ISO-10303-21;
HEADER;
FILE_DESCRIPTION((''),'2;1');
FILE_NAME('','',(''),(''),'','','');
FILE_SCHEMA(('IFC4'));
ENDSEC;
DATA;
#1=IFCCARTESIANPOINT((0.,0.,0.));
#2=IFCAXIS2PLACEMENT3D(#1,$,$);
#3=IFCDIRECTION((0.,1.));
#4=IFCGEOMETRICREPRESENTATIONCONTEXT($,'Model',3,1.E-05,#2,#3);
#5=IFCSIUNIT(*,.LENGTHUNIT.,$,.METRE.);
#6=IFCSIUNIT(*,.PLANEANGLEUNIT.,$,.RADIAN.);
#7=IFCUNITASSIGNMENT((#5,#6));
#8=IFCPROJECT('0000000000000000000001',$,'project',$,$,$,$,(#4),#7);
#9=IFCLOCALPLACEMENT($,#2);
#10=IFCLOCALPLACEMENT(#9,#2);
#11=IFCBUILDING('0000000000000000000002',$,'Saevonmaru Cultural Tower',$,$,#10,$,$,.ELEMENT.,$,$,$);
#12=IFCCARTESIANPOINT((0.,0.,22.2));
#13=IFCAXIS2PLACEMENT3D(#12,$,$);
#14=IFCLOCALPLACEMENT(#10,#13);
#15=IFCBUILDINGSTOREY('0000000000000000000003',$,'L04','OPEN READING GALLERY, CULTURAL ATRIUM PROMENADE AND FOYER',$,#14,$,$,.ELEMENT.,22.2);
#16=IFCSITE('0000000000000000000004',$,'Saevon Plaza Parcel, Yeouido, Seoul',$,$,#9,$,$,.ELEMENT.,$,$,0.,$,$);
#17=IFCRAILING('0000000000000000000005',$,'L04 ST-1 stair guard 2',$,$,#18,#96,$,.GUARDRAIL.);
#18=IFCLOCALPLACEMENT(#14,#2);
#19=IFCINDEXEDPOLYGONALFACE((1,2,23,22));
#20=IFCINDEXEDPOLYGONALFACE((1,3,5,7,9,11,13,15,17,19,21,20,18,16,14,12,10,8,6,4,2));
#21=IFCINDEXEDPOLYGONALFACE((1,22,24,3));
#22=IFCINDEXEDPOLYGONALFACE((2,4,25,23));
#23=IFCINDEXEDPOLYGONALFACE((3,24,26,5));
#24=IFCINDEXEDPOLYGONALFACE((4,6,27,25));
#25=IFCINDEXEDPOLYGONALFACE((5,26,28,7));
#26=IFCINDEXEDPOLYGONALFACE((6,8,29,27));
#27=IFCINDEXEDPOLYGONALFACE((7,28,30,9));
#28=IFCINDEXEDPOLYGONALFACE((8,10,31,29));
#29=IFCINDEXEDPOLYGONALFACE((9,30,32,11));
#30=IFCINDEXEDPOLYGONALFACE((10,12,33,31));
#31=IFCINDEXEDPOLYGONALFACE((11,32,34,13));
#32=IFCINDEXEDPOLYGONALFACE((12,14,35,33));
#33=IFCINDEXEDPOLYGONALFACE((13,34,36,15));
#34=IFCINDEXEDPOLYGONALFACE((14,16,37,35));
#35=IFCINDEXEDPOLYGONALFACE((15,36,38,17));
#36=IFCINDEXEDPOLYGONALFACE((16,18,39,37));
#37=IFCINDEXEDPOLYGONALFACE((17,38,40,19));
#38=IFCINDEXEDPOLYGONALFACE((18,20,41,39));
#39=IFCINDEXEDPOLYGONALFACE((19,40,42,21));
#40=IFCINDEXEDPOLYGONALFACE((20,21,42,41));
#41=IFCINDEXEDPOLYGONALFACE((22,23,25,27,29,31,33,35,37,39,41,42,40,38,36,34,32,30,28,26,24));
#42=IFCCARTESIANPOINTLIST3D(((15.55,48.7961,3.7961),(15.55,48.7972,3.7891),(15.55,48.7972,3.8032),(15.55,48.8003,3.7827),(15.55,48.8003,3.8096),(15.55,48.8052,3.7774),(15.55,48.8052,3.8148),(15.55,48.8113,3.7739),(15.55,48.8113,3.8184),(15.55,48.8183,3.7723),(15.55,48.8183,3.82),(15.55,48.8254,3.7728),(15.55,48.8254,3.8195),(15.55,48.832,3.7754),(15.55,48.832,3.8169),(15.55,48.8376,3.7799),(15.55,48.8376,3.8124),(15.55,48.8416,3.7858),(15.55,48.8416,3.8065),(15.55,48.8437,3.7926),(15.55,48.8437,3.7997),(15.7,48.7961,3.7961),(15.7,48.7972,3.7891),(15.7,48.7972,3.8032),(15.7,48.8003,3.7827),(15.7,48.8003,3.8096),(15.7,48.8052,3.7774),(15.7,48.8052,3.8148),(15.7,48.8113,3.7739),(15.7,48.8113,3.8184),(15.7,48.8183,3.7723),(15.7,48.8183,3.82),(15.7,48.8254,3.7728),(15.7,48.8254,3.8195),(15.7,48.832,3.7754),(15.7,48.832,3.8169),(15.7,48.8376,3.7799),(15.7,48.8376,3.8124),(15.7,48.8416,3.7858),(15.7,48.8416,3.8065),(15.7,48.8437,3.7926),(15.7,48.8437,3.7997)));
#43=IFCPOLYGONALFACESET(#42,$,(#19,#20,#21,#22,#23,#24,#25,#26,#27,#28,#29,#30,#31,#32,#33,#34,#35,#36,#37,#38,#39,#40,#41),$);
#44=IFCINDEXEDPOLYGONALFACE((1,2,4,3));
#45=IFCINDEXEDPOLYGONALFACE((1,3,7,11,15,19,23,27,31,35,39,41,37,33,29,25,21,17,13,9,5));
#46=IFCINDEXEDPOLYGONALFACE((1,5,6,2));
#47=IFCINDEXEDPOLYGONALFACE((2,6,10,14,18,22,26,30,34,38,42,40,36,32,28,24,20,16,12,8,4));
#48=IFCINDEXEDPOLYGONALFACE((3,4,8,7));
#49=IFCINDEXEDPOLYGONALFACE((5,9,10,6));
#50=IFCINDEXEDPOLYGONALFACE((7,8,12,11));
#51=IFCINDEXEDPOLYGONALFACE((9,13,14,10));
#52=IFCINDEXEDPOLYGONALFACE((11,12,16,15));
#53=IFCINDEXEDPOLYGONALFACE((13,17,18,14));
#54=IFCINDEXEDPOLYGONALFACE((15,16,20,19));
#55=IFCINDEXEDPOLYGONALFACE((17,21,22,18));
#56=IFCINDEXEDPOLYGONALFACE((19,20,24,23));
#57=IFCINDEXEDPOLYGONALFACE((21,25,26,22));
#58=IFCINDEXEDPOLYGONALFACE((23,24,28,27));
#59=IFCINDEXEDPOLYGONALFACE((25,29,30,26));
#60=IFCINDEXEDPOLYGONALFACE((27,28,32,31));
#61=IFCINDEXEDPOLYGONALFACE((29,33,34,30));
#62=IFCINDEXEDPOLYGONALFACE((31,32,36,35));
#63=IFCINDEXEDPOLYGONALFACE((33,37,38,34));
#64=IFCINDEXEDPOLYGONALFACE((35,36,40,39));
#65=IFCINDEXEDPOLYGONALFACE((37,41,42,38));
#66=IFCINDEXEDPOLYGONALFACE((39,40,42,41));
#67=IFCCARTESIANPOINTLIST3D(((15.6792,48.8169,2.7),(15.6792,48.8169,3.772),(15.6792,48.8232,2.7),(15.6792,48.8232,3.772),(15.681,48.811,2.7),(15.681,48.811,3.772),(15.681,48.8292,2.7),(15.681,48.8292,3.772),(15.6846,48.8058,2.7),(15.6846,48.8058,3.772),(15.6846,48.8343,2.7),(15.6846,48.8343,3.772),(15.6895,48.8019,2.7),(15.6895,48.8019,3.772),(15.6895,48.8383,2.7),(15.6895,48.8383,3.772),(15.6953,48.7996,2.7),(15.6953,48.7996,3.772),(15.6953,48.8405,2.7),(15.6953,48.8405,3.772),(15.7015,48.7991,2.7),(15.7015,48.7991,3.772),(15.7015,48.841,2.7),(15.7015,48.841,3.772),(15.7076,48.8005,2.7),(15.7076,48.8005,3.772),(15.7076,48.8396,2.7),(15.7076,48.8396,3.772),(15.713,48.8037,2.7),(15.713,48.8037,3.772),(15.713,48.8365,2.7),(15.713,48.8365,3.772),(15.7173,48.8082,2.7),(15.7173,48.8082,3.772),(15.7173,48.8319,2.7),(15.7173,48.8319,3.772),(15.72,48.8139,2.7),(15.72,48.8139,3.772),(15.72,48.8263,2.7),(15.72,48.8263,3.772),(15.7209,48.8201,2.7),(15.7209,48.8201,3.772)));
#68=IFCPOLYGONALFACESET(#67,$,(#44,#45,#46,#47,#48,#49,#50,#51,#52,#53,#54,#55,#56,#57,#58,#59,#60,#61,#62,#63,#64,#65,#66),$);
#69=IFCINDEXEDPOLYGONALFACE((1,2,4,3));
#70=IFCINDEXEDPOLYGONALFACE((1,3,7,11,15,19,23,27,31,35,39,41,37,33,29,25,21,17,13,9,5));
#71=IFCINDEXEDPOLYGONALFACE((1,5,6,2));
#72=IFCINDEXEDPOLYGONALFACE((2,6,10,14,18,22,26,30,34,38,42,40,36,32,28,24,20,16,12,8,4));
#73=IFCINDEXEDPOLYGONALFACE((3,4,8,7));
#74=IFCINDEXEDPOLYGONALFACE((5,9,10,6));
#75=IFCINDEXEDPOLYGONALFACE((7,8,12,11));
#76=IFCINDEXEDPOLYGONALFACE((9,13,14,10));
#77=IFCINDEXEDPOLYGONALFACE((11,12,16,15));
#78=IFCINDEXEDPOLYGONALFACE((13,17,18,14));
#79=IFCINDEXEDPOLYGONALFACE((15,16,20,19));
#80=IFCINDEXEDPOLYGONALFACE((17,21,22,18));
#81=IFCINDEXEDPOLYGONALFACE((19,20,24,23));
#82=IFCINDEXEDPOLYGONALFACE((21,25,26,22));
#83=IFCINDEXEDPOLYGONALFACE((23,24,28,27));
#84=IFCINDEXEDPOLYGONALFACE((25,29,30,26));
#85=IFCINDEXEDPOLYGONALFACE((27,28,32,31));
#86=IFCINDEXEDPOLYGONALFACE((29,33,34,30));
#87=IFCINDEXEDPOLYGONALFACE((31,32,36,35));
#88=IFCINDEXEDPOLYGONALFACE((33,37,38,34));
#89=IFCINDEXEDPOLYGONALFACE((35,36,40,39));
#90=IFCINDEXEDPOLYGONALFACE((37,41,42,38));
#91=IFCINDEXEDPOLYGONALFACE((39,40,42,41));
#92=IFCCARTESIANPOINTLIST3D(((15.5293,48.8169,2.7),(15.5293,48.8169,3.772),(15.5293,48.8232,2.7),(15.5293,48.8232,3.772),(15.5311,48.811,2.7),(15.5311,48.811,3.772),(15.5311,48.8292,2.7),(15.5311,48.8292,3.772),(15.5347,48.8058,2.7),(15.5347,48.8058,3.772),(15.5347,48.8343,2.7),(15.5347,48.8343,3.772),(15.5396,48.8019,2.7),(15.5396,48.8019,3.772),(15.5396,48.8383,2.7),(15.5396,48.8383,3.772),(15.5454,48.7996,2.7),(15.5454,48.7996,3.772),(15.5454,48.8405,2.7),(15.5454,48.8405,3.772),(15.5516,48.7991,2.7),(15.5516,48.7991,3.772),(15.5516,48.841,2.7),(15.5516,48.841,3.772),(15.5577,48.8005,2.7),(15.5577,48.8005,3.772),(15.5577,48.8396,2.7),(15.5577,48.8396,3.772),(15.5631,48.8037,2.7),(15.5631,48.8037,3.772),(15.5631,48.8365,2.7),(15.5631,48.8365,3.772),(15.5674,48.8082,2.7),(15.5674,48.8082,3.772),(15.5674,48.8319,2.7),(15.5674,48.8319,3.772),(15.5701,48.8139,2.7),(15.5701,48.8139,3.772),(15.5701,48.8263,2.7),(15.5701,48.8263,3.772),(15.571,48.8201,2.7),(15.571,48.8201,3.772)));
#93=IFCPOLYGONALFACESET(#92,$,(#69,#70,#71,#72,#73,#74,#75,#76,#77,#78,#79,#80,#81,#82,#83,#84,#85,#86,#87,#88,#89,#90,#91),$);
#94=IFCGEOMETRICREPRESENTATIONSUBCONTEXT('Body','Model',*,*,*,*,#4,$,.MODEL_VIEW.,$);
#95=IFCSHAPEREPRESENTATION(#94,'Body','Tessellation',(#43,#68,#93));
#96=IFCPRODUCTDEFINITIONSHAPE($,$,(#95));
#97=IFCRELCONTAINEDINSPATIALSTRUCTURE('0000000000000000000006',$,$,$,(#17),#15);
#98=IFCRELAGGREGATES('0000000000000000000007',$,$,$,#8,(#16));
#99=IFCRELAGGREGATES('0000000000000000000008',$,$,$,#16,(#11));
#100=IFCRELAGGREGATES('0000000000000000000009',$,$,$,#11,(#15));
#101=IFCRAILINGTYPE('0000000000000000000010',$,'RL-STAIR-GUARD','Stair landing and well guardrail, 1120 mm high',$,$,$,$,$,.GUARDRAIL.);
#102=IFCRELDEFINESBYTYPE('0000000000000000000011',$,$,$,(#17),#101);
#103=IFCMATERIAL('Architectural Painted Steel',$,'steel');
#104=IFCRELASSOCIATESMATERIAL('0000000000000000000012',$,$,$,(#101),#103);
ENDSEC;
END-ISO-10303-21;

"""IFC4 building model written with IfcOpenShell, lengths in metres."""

from ifc_helpers import new_model, si_unit, direction, frame, origin, origin_2d, place, context, subcontext, project, spatial, circle, extrude, material, type_object, element, save


model = new_model("IFC4")

# Units and contexts
model_context = context("Model", 3, precision=1e-05, world=origin(), true_north=direction((0.0, 1.0)))
body_context = subcontext(model_context, "Body", "Model", "MODEL_VIEW")
ifc_project = project(units=[si_unit("LENGTHUNIT", "METRE"), si_unit("PLANEANGLEUNIT", "RADIAN")], contexts=[model_context])

# Site, building, storey
site_placement = place(None, origin())
site = spatial("IfcSite", under=ifc_project, at=site_placement, Name="Saevon Plaza Parcel, Yeouido, Seoul", CompositionType="ELEMENT", RefElevation=0.0)
building_placement = place(site_placement, origin())
building = spatial("IfcBuilding", under=site, at=building_placement, Name="Saevonmaru Cultural Tower", CompositionType="ELEMENT")
storey_placement = place(building_placement, frame((0.0, 0.0, 22.2)))
storey = spatial("IfcBuildingStorey", under=building, at=storey_placement, Name="L04", Description="OPEN READING GALLERY, CULTURAL ATRIUM PROMENADE AND FOYER", CompositionType="ELEMENT", Elevation=22.2)

# Railing
ifc_material_1 = material(Name="Architectural Painted Steel", Category="steel")
railing_type_1 = type_object("IfcRailingType", Name="RL-STAIR-GUARD", Description="Stair landing and well guardrail, 1120 mm high", PredefinedType="GUARDRAIL", material=ifc_material_1)
railing_1_placement = place(storey_placement, frame((15.7, 48.8201, 2.7)))
element("IfcRailing", 1, at=railing_1_placement, inside=storey, type_object=railing_type_1, Name="L04 ST-1 stair guard 2", PredefinedType="GUARDRAIL", context=body_context, shape_type="SweptSolid", body=[
    extrude(circle(Radius=0.0239, at=origin_2d()), frame((0.0, 0.0, 1.0962), z_axis=(-1.0, 0.0, 0.0), x_axis=(0.0, -1.0, 0.0)), (0.0, 0.0, 1.0), 0.1499),
    extrude(circle(Radius=0.021, at=origin_2d()), origin(), (0.0, 0.0, 1.0), 1.072),
    extrude(circle(Radius=0.021, at=origin_2d()), frame((-0.1499, 0.0, 0.0)), (0.0, 0.0, 1.0), 1.072),
])

save(model, "model.ifc")
